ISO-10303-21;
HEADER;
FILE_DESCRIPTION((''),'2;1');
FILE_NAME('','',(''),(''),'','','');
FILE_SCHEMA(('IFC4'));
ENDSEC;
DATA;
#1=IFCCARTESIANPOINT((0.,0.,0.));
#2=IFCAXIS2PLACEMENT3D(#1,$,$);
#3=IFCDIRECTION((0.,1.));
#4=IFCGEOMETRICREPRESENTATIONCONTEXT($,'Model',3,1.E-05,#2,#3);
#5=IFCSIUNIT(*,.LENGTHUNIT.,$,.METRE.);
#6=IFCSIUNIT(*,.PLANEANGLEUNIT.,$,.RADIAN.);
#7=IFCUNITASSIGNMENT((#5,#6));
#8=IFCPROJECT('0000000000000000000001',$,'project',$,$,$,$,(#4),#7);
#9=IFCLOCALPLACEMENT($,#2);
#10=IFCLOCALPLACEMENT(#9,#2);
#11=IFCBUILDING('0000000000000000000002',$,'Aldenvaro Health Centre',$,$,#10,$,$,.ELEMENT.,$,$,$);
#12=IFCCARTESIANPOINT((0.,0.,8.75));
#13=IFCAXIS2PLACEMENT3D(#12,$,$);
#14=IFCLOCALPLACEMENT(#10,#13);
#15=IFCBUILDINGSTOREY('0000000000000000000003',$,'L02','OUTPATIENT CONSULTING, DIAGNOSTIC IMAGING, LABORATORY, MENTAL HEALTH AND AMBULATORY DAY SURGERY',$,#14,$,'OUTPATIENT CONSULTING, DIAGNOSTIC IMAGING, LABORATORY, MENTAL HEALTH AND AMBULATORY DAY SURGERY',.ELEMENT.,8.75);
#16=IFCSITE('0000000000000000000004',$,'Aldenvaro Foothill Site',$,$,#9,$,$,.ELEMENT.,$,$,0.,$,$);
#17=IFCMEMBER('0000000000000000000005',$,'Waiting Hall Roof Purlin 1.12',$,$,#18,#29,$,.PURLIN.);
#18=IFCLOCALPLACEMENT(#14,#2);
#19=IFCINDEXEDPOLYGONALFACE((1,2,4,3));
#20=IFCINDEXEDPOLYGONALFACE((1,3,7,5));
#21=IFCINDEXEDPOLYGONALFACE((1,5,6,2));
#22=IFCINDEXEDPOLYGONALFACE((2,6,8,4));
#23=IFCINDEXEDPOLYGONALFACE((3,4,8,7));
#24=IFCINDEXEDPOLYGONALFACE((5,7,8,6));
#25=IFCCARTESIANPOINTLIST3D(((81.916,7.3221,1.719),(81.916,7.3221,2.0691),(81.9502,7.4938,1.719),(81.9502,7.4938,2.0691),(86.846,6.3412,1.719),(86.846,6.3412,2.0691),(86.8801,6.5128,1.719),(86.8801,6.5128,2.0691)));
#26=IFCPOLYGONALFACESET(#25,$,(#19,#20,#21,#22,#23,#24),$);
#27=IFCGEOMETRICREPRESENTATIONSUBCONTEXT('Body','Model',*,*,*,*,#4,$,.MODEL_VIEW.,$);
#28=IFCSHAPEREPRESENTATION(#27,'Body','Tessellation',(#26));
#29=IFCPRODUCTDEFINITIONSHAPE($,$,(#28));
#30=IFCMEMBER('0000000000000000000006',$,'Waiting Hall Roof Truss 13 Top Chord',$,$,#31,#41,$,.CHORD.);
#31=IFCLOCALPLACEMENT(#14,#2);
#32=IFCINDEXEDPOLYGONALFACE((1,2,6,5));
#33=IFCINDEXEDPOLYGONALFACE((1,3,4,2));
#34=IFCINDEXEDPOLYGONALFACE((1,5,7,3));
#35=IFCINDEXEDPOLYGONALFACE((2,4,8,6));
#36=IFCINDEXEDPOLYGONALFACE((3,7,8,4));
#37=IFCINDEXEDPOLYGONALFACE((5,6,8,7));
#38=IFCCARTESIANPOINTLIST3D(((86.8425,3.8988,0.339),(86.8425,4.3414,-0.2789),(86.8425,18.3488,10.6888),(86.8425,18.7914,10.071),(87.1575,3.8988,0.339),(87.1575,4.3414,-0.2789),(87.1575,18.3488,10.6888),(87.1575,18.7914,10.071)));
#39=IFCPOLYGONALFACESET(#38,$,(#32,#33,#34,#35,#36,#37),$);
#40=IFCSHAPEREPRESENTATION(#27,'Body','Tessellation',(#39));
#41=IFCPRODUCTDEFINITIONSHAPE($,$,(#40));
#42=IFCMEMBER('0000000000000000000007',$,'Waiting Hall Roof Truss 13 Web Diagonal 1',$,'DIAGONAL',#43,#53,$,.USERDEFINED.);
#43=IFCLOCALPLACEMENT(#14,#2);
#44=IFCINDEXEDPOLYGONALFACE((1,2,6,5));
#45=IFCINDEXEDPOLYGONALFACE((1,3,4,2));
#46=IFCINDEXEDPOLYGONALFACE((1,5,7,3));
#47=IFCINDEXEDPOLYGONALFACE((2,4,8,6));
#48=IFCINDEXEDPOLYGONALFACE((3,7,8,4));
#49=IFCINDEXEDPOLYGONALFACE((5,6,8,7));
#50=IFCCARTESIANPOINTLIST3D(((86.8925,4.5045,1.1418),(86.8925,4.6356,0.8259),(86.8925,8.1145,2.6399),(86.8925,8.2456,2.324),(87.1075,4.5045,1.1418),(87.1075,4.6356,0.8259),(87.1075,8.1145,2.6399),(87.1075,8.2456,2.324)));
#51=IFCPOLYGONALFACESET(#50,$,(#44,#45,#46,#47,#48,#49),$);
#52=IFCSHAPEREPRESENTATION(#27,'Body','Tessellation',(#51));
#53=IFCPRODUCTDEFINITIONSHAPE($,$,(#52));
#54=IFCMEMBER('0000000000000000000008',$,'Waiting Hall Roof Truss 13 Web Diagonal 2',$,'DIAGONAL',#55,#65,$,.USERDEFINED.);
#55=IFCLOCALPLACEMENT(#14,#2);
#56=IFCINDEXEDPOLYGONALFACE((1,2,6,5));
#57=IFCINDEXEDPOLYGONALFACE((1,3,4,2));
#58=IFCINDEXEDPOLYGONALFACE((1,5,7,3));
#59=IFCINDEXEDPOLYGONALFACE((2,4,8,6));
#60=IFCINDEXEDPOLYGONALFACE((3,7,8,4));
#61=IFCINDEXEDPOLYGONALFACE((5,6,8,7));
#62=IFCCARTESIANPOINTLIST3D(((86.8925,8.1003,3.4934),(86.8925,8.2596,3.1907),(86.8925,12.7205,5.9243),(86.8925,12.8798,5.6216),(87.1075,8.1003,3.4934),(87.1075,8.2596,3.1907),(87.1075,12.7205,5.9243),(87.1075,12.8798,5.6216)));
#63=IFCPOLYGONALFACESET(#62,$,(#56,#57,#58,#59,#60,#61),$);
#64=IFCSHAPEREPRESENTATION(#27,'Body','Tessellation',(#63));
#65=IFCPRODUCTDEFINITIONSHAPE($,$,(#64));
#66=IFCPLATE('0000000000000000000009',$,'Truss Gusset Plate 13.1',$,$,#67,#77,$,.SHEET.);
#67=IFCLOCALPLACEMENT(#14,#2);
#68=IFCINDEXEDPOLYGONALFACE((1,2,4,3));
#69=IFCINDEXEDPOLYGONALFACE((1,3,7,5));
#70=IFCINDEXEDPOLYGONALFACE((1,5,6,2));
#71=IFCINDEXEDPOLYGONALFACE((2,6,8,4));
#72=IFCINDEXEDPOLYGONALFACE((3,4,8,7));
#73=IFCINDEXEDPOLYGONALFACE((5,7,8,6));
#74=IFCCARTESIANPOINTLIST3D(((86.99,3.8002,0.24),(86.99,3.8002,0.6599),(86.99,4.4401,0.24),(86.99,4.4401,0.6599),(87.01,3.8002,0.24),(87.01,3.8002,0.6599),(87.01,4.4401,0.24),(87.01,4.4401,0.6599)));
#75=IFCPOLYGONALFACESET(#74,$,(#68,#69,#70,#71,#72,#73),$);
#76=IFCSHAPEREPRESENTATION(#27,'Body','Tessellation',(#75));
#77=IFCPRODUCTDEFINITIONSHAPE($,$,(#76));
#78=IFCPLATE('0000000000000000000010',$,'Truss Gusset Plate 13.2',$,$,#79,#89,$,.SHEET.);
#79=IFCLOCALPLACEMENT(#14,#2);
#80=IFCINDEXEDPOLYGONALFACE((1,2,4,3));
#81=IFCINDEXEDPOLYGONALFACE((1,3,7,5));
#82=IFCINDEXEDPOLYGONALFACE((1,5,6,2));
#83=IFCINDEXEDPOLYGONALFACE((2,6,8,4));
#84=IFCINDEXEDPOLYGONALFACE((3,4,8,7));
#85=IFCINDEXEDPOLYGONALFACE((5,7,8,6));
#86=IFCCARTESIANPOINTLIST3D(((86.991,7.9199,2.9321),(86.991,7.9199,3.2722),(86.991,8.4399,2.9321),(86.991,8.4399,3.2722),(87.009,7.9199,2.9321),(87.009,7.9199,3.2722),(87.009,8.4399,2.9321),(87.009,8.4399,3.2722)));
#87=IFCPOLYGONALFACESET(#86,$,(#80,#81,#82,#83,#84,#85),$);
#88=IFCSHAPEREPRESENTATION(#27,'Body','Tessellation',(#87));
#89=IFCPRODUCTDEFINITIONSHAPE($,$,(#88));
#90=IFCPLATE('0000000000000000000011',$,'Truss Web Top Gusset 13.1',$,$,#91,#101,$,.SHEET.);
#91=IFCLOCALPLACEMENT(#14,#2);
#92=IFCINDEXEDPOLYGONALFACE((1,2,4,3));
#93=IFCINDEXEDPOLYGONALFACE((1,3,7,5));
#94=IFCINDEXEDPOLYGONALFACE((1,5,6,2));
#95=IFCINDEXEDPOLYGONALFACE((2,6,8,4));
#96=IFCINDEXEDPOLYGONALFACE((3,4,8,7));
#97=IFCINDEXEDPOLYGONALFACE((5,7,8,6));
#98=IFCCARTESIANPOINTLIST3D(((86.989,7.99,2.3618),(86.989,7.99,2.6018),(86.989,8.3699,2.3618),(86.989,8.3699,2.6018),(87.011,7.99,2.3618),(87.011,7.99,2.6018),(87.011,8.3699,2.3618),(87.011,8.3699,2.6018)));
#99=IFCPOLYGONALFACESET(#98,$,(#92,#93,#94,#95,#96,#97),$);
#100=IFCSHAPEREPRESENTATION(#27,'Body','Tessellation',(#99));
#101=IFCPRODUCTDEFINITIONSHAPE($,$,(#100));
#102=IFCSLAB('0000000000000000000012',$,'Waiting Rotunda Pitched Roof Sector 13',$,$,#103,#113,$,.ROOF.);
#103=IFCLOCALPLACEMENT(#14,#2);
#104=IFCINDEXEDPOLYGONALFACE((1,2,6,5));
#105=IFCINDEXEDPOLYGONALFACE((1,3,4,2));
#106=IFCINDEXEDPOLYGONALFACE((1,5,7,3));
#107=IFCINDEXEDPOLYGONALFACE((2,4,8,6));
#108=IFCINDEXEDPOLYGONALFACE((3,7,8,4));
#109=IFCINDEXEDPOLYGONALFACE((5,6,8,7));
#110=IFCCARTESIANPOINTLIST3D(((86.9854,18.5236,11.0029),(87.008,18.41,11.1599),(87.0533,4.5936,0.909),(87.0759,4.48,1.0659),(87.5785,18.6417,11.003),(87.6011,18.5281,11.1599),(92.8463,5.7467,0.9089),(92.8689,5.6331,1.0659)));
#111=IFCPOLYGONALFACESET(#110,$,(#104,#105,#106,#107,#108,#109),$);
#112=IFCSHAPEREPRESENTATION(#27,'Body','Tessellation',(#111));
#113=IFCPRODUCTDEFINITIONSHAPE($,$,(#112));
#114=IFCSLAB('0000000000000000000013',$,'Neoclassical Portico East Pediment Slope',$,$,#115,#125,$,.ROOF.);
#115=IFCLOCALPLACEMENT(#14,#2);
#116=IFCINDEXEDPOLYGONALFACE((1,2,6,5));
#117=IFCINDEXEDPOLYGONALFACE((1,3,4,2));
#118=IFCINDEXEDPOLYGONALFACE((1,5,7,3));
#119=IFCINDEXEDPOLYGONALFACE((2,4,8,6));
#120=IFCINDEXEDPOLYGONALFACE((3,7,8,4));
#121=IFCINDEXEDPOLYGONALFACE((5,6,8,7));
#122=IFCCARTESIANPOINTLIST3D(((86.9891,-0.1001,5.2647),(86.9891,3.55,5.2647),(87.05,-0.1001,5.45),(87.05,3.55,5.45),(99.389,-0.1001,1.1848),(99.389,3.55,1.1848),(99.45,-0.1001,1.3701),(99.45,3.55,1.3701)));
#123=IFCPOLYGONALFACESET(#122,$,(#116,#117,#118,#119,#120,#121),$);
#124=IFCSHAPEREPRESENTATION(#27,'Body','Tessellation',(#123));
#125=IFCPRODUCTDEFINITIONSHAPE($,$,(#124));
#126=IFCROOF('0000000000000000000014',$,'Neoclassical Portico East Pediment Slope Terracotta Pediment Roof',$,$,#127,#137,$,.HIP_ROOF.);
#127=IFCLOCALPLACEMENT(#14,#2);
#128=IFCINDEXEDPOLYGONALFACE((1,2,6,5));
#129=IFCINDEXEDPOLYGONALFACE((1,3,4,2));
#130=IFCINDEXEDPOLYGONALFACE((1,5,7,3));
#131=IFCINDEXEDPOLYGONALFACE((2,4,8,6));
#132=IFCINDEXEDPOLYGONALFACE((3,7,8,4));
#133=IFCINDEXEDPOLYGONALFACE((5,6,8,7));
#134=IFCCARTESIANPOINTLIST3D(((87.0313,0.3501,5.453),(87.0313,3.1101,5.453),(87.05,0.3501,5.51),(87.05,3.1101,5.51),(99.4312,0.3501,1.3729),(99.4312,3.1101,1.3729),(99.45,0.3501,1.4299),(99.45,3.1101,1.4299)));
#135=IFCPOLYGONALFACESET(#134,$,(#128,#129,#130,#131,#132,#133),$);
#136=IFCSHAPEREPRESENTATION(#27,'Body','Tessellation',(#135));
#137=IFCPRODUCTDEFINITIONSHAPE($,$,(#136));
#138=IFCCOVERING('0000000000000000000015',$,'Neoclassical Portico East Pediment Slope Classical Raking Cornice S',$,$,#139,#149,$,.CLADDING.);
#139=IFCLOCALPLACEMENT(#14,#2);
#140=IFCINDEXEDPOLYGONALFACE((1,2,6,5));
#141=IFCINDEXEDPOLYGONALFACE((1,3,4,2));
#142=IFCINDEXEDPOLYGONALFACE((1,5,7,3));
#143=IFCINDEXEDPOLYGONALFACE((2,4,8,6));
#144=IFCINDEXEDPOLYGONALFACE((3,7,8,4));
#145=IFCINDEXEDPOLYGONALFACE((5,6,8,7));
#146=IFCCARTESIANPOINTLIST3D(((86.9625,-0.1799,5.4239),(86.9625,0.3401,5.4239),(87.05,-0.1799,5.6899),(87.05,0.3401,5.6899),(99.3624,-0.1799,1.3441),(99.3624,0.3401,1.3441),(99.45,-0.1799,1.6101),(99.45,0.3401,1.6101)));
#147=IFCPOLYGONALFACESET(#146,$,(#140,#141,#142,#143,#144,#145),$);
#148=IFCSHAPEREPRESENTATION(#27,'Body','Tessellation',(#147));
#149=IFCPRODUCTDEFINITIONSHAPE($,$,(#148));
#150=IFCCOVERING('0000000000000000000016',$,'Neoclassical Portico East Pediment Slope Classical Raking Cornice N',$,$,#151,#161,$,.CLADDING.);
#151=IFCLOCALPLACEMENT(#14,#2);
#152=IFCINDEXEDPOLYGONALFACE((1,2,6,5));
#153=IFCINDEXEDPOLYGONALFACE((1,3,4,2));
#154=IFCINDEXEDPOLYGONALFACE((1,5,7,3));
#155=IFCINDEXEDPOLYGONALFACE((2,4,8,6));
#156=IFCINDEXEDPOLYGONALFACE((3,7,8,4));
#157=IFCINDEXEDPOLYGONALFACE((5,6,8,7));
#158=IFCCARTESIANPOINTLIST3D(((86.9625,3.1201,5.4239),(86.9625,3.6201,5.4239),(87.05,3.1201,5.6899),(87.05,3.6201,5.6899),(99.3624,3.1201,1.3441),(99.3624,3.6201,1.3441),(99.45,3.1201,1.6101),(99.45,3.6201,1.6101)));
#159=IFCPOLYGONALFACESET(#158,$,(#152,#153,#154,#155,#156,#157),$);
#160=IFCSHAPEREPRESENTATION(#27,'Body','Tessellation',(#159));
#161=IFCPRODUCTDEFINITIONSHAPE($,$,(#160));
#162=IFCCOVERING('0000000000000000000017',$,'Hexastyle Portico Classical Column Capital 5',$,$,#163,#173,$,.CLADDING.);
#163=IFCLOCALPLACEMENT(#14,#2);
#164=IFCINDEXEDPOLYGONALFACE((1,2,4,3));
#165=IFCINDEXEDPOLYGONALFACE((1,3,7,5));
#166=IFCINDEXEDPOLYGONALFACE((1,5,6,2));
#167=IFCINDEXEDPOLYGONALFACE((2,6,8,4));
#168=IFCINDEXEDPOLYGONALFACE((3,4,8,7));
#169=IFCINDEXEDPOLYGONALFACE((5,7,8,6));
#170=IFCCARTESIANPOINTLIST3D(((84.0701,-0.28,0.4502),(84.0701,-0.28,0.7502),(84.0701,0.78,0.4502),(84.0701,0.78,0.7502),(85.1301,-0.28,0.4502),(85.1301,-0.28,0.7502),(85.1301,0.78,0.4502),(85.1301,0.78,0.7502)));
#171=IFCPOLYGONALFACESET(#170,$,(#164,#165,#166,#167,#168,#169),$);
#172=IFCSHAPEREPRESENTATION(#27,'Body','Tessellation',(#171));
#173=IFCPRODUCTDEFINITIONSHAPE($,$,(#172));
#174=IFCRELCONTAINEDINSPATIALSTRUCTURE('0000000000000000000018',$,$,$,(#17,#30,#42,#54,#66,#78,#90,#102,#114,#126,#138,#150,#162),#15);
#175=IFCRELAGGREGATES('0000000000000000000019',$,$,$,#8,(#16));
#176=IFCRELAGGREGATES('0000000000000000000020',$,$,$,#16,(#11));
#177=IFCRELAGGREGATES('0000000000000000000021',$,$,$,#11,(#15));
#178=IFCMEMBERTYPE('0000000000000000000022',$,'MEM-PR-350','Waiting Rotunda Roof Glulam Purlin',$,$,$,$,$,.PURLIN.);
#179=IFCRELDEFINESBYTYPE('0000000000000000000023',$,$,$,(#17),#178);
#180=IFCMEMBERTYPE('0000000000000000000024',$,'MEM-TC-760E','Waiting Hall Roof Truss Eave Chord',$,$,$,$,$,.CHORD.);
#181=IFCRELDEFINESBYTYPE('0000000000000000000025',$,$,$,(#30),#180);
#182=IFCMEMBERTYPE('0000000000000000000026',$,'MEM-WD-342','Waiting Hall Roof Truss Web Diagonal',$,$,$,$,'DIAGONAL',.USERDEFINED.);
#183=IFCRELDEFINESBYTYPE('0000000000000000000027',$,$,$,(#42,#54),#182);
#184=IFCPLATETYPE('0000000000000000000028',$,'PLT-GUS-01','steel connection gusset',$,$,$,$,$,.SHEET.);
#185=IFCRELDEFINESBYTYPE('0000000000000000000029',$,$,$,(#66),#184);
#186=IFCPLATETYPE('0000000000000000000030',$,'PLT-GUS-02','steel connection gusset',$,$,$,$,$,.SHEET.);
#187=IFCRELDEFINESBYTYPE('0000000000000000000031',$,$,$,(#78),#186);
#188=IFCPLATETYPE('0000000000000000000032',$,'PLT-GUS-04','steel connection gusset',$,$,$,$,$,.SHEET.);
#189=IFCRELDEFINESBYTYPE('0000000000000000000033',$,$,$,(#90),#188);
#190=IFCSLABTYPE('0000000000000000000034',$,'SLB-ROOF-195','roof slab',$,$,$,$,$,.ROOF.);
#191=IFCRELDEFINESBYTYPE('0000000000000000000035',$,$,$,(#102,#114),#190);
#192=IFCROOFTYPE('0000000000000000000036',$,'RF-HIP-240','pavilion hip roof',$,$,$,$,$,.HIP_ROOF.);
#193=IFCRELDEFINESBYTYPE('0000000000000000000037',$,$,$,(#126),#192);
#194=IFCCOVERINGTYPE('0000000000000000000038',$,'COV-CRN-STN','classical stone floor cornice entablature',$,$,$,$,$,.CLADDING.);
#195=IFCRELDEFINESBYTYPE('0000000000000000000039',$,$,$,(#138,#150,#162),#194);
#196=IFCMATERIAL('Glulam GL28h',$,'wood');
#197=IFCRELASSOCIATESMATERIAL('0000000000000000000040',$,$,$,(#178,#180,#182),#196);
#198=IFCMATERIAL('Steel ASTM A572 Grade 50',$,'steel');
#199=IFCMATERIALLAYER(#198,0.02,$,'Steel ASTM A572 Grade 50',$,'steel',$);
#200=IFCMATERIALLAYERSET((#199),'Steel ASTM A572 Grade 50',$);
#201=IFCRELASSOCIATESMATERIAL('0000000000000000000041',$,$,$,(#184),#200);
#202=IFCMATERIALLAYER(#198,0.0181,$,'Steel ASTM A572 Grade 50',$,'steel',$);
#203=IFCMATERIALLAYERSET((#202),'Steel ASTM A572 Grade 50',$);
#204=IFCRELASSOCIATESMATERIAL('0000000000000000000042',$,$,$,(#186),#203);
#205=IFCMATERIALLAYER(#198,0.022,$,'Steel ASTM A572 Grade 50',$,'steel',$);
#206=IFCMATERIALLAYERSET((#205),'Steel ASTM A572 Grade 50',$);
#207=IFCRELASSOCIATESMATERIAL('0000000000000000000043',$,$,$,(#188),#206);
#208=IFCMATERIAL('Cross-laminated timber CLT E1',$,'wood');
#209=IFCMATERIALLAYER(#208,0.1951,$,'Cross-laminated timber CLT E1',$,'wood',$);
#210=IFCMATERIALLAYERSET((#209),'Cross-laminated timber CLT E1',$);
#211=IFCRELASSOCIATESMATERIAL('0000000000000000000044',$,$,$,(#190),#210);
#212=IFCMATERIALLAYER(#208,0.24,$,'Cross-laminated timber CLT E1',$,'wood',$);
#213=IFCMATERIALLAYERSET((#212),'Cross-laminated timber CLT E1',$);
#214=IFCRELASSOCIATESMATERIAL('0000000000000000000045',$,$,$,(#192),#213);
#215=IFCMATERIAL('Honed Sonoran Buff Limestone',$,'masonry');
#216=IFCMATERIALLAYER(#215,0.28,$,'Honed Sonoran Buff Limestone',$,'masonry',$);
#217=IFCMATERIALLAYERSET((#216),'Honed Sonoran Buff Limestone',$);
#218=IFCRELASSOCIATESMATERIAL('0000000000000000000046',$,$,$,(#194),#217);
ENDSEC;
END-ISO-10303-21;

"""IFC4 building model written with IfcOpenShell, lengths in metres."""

from ifc_helpers import new_model, si_unit, direction, frame, origin, origin_2d, place, context, subcontext, project, spatial, polyline, rectangle, outline, extrude, material, layer, layer_set, material_profile, profile_set, type_object, element, save


model = new_model("IFC4")

# Units and contexts
model_context = context("Model", 3, precision=1e-05, world=origin(), true_north=direction((0.0, 1.0)))
body_context = subcontext(model_context, "Body", "Model", "MODEL_VIEW")
ifc_project = project(units=[si_unit("LENGTHUNIT", "METRE"), si_unit("PLANEANGLEUNIT", "RADIAN")], contexts=[model_context])

# Site, building, storey
site_placement = place(None, origin())
site = spatial("IfcSite", under=ifc_project, at=site_placement, Name="Aldenvaro Foothill Site", CompositionType="ELEMENT", RefElevation=0.0)
building_placement = place(site_placement, origin())
building = spatial("IfcBuilding", under=site, at=building_placement, Name="Aldenvaro Health Centre", CompositionType="ELEMENT")
storey_placement = place(building_placement, frame((0.0, 0.0, 8.75)))
storey = spatial("IfcBuildingStorey", under=building, at=storey_placement, Name="L02", Description="OUTPATIENT CONSULTING, DIAGNOSTIC IMAGING, LABORATORY, MENTAL HEALTH AND AMBULATORY DAY SURGERY", LongName="OUTPATIENT CONSULTING, DIAGNOSTIC IMAGING, LABORATORY, MENTAL HEALTH AND AMBULATORY DAY SURGERY", CompositionType="ELEMENT", Elevation=8.75)

# Shared definitions
ifc_material_1 = material(Name="Glulam GL28h", Category="wood")

# Members
ifc_material_profile_1 = material_profile(ifc_material_1, rectangle(XDim=0.175, YDim=0.3501, at=origin_2d()), Name="GL 175x350", Category="wood")
ifc_profile_set_1 = profile_set([ifc_material_profile_1], Name="Glulam GL28h")
member_type_1 = type_object("IfcMemberType", Name="MEM-PR-350", Description="Waiting Rotunda Roof Glulam Purlin", PredefinedType="PURLIN", material=ifc_profile_set_1)
member_1_placement = place(storey_placement, frame((81.9331, 7.408, 1.894), z_axis=(0.980773, -0.195154, 0.0), x_axis=(0.195154, 0.980773, 0.0)))
element("IfcMember", 1, at=member_1_placement, inside=storey, type_object=member_type_1, Name="Waiting Hall Roof Purlin 1.12", PredefinedType="PURLIN", context=body_context, shape_type="SweptSolid", body=[
    extrude(rectangle(XDim=0.175, YDim=0.3501, at=origin_2d()), origin(), (0.0, 0.0, 1.0), 5.0266),
])
ifc_material_profile_2 = material_profile(ifc_material_1, rectangle(XDim=0.3149, YDim=0.76, at=origin_2d()), Name="GL 315x760", Category="wood")
ifc_profile_set_2 = profile_set([ifc_material_profile_2], Name="Glulam GL28h")
member_type_2 = type_object("IfcMemberType", Name="MEM-TC-760E", Description="Waiting Hall Roof Truss Eave Chord", PredefinedType="CHORD", material=ifc_profile_set_2)
member_2_placement = place(storey_placement, frame((87.0, 4.1201, 0.03), z_axis=(0.0, 0.812975, 0.582298), x_axis=(-1.0, 0.0, 0.0)))
element("IfcMember", 2, at=member_2_placement, inside=storey, type_object=member_type_2, Name="Waiting Hall Roof Truss 13 Top Chord", PredefinedType="CHORD", context=body_context, shape_type="SweptSolid", body=[
    extrude(rectangle(XDim=0.3149, YDim=0.76, at=origin_2d()), origin(), (0.0, 0.0, 1.0), 17.7742),
])
ifc_material_profile_3 = material_profile(ifc_material_1, rectangle(XDim=0.2151, YDim=0.342, at=origin_2d()), Name="GL 215x342", Category="wood")
ifc_profile_set_3 = profile_set([ifc_material_profile_3], Name="Glulam GL28h")
member_type_3 = type_object("IfcMemberType", Name="MEM-WD-342", Description="Waiting Hall Roof Truss Web Diagonal", ElementType="DIAGONAL", PredefinedType="USERDEFINED", material=ifc_profile_set_3)
member_3_placement = place(storey_placement, frame((87.0, 4.5701, 0.9839), z_axis=(0.0, 0.923627, 0.383293), x_axis=(-1.0, 0.0, 0.0)))
element("IfcMember", 3, at=member_3_placement, inside=storey, type_object=member_type_3, Name="Waiting Hall Roof Truss 13 Web Diagonal 1", ObjectType="DIAGONAL", PredefinedType="USERDEFINED", context=body_context, shape_type="SweptSolid", body=[
    extrude(rectangle(XDim=0.2151, YDim=0.342, at=origin_2d()), origin(), (0.0, 0.0, 1.0), 3.9084),
])
member_4_placement = place(storey_placement, frame((87.0, 8.1799, 3.342), z_axis=(0.0, 0.884976, 0.465637), x_axis=(-1.0, 0.0, 0.0)))
element("IfcMember", 4, at=member_4_placement, inside=storey, type_object=member_type_3, Name="Waiting Hall Roof Truss 13 Web Diagonal 2", ObjectType="DIAGONAL", PredefinedType="USERDEFINED", context=body_context, shape_type="SweptSolid", body=[
    extrude(rectangle(XDim=0.2151, YDim=0.342, at=origin_2d()), origin(), (0.0, 0.0, 1.0), 5.2207),
])

# Plates
ifc_material_2 = material(Name="Steel ASTM A572 Grade 50", Category="steel")
ifc_layer_1 = layer(ifc_material_2, 0.02, Name="Steel ASTM A572 Grade 50", Category="steel")
ifc_layer_set_1 = layer_set([ifc_layer_1], Name="Steel ASTM A572 Grade 50")
plate_type_1 = type_object("IfcPlateType", Name="PLT-GUS-01", Description="steel connection gusset", PredefinedType="SHEET", material=ifc_layer_set_1)
plate_1_placement = place(storey_placement, frame((87.0, 4.1201, 0.24), z_axis=(0.0, 0.0, 1.0), x_axis=(0.0, -1.0, 0.0)))
element("IfcPlate", 5, at=plate_1_placement, inside=storey, type_object=plate_type_1, Name="Truss Gusset Plate 13.1", PredefinedType="SHEET", context=body_context, shape_type="SweptSolid", body=[
    extrude(rectangle(XDim=0.6399, YDim=0.02, at=origin_2d()), origin(), (0.0, 0.0, 1.0), 0.4199),
])
ifc_layer_2 = layer(ifc_material_2, 0.0181, Name="Steel ASTM A572 Grade 50", Category="steel")
ifc_layer_set_2 = layer_set([ifc_layer_2], Name="Steel ASTM A572 Grade 50")
plate_type_2 = type_object("IfcPlateType", Name="PLT-GUS-02", Description="steel connection gusset", PredefinedType="SHEET", material=ifc_layer_set_2)
plate_2_placement = place(storey_placement, frame((87.0, 8.1799, 2.9321), z_axis=(0.0, 0.0, 1.0), x_axis=(0.0, -1.0, 0.0)))
element("IfcPlate", 6, at=plate_2_placement, inside=storey, type_object=plate_type_2, Name="Truss Gusset Plate 13.2", PredefinedType="SHEET", context=body_context, shape_type="SweptSolid", body=[
    extrude(rectangle(XDim=0.52, YDim=0.0181, at=origin_2d()), origin(), (0.0, 0.0, 1.0), 0.3401),
])
ifc_layer_3 = layer(ifc_material_2, 0.022, Name="Steel ASTM A572 Grade 50", Category="steel")
ifc_layer_set_3 = layer_set([ifc_layer_3], Name="Steel ASTM A572 Grade 50")
plate_type_3 = type_object("IfcPlateType", Name="PLT-GUS-04", Description="steel connection gusset", PredefinedType="SHEET", material=ifc_layer_set_3)
plate_3_placement = place(storey_placement, frame((87.0, 8.1799, 2.3618), z_axis=(0.0, 0.0, 1.0), x_axis=(0.0, -1.0, 0.0)))
element("IfcPlate", 7, at=plate_3_placement, inside=storey, type_object=plate_type_3, Name="Truss Web Top Gusset 13.1", PredefinedType="SHEET", context=body_context, shape_type="SweptSolid", body=[
    extrude(rectangle(XDim=0.3799, YDim=0.022, at=origin_2d()), origin(), (0.0, 0.0, 1.0), 0.24),
])

# Slabs
ifc_material_3 = material(Name="Cross-laminated timber CLT E1", Category="wood")
ifc_layer_4 = layer(ifc_material_3, 0.1951, Name="Cross-laminated timber CLT E1", Category="wood")
ifc_layer_set_4 = layer_set([ifc_layer_4], Name="Cross-laminated timber CLT E1")
slab_type = type_object("IfcSlabType", Name="SLB-ROOF-195", Description="roof slab", PredefinedType="ROOF", material=ifc_layer_set_4)
slab_1_placement = place(storey_placement, frame((87.0759, 4.48, 1.0659), z_axis=(0.115944, -0.582438, 0.804564), x_axis=(0.980759, 0.195224, -0.000009)))
element("IfcSlab", 8, at=slab_1_placement, inside=storey, type_object=slab_type, Name="Waiting Rotunda Pitched Roof Sector 13", PredefinedType="ROOF", context=body_context, shape_type="SweptSolid", body=[
    extrude(outline(polyline([(0.0, 0.0), (5.9066, 0.0), (3.2575, 16.9971), (2.6528, 16.997), (0.0, 0.0)])), origin(), (0.0, 0.0, -1.0), 0.1951),
])
slab_2_placement = place(storey_placement, frame((87.05, -0.1001, 5.45), z_axis=(0.312539, 0.0, 0.949905), x_axis=(0.949905, 0.0, -0.312539)))
element("IfcSlab", 9, at=slab_2_placement, inside=storey, type_object=slab_type, Name="Neoclassical Portico East Pediment Slope", PredefinedType="ROOF", context=body_context, shape_type="SweptSolid", body=[
    extrude(outline(polyline([(0.0, 0.0), (13.0538, 0.0), (13.0538, 3.6501), (0.0, 3.6501), (0.0, 0.0)])), origin(), (0.0, 0.0, -1.0), 0.1951),
])

# Roof
ifc_layer_5 = layer(ifc_material_3, 0.24, Name="Cross-laminated timber CLT E1", Category="wood")
ifc_layer_set_5 = layer_set([ifc_layer_5], Name="Cross-laminated timber CLT E1")
roof_type = type_object("IfcRoofType", Name="RF-HIP-240", Description="pavilion hip roof", PredefinedType="HIP_ROOF", material=ifc_layer_set_5)
roof_placement = place(storey_placement, frame((87.05, 0.3501, 5.51), z_axis=(0.312556, 0.0, 0.949899), x_axis=(0.949899, 0.0, -0.312556)))
element("IfcRoof", 10, at=roof_placement, inside=storey, type_object=roof_type, Name="Neoclassical Portico East Pediment Slope Terracotta Pediment Roof", PredefinedType="HIP_ROOF", context=body_context, shape_type="SweptSolid", body=[
    extrude(outline(polyline([(0.0, 0.0), (13.0539, 0.0), (13.0539, 2.76), (0.0, 2.76), (0.0, 0.0)])), origin(), (0.0, 0.0, -1.0), 0.0601),
])

# Coverings
ifc_material_4 = material(Name="Honed Sonoran Buff Limestone", Category="masonry")
ifc_layer_6 = layer(ifc_material_4, 0.28, Name="Honed Sonoran Buff Limestone", Category="masonry")
ifc_layer_set_6 = layer_set([ifc_layer_6], Name="Honed Sonoran Buff Limestone")
covering_type = type_object("IfcCoveringType", Name="COV-CRN-STN", Description="classical stone floor cornice entablature", PredefinedType="CLADDING", material=ifc_layer_set_6)
covering_1_placement = place(storey_placement, frame((87.05, -0.1799, 5.6899), z_axis=(0.312539, 0.0, 0.949905), x_axis=(0.949905, 0.0, -0.312539)))
element("IfcCovering", 11, at=covering_1_placement, inside=storey, type_object=covering_type, Name="Neoclassical Portico East Pediment Slope Classical Raking Cornice S", PredefinedType="CLADDING", context=body_context, shape_type="SweptSolid", body=[
    extrude(outline(polyline([(0.0, 0.0), (13.0538, 0.0), (13.0538, 0.52), (0.0, 0.52), (0.0, 0.0)])), origin(), (0.0, 0.0, -1.0), 0.28),
])
covering_2_placement = place(storey_placement, frame((87.05, 3.1201, 5.6899), z_axis=(0.312539, 0.0, 0.949905), x_axis=(0.949905, 0.0, -0.312539)))
element("IfcCovering", 12, at=covering_2_placement, inside=storey, type_object=covering_type, Name="Neoclassical Portico East Pediment Slope Classical Raking Cornice N", PredefinedType="CLADDING", context=body_context, shape_type="SweptSolid", body=[
    extrude(outline(polyline([(0.0, 0.0), (13.0538, 0.0), (13.0538, 0.5), (0.0, 0.5), (0.0, 0.0)])), origin(), (0.0, 0.0, -1.0), 0.28),
])
for number, where, z_axis, x_axis, name in (
    (13, (84.6001, 0.25, 0.4502), (0.0, 0.0, 1.0), (1.0, 0.0, 0.0), "Hexastyle Portico Classical Column Capital 5"),
):
    element("IfcCovering", number, at=place(storey_placement, frame(where, z_axis=z_axis, x_axis=x_axis)), inside=storey, type_object=covering_type, Name=name, PredefinedType="CLADDING", context=body_context, shape_type="SweptSolid", body=[
        extrude(rectangle(XDim=1.0601, YDim=1.0601, at=origin_2d()), origin(), (0.0, 0.0, 1.0), 0.3),
    ])

save(model, "model.ifc")
